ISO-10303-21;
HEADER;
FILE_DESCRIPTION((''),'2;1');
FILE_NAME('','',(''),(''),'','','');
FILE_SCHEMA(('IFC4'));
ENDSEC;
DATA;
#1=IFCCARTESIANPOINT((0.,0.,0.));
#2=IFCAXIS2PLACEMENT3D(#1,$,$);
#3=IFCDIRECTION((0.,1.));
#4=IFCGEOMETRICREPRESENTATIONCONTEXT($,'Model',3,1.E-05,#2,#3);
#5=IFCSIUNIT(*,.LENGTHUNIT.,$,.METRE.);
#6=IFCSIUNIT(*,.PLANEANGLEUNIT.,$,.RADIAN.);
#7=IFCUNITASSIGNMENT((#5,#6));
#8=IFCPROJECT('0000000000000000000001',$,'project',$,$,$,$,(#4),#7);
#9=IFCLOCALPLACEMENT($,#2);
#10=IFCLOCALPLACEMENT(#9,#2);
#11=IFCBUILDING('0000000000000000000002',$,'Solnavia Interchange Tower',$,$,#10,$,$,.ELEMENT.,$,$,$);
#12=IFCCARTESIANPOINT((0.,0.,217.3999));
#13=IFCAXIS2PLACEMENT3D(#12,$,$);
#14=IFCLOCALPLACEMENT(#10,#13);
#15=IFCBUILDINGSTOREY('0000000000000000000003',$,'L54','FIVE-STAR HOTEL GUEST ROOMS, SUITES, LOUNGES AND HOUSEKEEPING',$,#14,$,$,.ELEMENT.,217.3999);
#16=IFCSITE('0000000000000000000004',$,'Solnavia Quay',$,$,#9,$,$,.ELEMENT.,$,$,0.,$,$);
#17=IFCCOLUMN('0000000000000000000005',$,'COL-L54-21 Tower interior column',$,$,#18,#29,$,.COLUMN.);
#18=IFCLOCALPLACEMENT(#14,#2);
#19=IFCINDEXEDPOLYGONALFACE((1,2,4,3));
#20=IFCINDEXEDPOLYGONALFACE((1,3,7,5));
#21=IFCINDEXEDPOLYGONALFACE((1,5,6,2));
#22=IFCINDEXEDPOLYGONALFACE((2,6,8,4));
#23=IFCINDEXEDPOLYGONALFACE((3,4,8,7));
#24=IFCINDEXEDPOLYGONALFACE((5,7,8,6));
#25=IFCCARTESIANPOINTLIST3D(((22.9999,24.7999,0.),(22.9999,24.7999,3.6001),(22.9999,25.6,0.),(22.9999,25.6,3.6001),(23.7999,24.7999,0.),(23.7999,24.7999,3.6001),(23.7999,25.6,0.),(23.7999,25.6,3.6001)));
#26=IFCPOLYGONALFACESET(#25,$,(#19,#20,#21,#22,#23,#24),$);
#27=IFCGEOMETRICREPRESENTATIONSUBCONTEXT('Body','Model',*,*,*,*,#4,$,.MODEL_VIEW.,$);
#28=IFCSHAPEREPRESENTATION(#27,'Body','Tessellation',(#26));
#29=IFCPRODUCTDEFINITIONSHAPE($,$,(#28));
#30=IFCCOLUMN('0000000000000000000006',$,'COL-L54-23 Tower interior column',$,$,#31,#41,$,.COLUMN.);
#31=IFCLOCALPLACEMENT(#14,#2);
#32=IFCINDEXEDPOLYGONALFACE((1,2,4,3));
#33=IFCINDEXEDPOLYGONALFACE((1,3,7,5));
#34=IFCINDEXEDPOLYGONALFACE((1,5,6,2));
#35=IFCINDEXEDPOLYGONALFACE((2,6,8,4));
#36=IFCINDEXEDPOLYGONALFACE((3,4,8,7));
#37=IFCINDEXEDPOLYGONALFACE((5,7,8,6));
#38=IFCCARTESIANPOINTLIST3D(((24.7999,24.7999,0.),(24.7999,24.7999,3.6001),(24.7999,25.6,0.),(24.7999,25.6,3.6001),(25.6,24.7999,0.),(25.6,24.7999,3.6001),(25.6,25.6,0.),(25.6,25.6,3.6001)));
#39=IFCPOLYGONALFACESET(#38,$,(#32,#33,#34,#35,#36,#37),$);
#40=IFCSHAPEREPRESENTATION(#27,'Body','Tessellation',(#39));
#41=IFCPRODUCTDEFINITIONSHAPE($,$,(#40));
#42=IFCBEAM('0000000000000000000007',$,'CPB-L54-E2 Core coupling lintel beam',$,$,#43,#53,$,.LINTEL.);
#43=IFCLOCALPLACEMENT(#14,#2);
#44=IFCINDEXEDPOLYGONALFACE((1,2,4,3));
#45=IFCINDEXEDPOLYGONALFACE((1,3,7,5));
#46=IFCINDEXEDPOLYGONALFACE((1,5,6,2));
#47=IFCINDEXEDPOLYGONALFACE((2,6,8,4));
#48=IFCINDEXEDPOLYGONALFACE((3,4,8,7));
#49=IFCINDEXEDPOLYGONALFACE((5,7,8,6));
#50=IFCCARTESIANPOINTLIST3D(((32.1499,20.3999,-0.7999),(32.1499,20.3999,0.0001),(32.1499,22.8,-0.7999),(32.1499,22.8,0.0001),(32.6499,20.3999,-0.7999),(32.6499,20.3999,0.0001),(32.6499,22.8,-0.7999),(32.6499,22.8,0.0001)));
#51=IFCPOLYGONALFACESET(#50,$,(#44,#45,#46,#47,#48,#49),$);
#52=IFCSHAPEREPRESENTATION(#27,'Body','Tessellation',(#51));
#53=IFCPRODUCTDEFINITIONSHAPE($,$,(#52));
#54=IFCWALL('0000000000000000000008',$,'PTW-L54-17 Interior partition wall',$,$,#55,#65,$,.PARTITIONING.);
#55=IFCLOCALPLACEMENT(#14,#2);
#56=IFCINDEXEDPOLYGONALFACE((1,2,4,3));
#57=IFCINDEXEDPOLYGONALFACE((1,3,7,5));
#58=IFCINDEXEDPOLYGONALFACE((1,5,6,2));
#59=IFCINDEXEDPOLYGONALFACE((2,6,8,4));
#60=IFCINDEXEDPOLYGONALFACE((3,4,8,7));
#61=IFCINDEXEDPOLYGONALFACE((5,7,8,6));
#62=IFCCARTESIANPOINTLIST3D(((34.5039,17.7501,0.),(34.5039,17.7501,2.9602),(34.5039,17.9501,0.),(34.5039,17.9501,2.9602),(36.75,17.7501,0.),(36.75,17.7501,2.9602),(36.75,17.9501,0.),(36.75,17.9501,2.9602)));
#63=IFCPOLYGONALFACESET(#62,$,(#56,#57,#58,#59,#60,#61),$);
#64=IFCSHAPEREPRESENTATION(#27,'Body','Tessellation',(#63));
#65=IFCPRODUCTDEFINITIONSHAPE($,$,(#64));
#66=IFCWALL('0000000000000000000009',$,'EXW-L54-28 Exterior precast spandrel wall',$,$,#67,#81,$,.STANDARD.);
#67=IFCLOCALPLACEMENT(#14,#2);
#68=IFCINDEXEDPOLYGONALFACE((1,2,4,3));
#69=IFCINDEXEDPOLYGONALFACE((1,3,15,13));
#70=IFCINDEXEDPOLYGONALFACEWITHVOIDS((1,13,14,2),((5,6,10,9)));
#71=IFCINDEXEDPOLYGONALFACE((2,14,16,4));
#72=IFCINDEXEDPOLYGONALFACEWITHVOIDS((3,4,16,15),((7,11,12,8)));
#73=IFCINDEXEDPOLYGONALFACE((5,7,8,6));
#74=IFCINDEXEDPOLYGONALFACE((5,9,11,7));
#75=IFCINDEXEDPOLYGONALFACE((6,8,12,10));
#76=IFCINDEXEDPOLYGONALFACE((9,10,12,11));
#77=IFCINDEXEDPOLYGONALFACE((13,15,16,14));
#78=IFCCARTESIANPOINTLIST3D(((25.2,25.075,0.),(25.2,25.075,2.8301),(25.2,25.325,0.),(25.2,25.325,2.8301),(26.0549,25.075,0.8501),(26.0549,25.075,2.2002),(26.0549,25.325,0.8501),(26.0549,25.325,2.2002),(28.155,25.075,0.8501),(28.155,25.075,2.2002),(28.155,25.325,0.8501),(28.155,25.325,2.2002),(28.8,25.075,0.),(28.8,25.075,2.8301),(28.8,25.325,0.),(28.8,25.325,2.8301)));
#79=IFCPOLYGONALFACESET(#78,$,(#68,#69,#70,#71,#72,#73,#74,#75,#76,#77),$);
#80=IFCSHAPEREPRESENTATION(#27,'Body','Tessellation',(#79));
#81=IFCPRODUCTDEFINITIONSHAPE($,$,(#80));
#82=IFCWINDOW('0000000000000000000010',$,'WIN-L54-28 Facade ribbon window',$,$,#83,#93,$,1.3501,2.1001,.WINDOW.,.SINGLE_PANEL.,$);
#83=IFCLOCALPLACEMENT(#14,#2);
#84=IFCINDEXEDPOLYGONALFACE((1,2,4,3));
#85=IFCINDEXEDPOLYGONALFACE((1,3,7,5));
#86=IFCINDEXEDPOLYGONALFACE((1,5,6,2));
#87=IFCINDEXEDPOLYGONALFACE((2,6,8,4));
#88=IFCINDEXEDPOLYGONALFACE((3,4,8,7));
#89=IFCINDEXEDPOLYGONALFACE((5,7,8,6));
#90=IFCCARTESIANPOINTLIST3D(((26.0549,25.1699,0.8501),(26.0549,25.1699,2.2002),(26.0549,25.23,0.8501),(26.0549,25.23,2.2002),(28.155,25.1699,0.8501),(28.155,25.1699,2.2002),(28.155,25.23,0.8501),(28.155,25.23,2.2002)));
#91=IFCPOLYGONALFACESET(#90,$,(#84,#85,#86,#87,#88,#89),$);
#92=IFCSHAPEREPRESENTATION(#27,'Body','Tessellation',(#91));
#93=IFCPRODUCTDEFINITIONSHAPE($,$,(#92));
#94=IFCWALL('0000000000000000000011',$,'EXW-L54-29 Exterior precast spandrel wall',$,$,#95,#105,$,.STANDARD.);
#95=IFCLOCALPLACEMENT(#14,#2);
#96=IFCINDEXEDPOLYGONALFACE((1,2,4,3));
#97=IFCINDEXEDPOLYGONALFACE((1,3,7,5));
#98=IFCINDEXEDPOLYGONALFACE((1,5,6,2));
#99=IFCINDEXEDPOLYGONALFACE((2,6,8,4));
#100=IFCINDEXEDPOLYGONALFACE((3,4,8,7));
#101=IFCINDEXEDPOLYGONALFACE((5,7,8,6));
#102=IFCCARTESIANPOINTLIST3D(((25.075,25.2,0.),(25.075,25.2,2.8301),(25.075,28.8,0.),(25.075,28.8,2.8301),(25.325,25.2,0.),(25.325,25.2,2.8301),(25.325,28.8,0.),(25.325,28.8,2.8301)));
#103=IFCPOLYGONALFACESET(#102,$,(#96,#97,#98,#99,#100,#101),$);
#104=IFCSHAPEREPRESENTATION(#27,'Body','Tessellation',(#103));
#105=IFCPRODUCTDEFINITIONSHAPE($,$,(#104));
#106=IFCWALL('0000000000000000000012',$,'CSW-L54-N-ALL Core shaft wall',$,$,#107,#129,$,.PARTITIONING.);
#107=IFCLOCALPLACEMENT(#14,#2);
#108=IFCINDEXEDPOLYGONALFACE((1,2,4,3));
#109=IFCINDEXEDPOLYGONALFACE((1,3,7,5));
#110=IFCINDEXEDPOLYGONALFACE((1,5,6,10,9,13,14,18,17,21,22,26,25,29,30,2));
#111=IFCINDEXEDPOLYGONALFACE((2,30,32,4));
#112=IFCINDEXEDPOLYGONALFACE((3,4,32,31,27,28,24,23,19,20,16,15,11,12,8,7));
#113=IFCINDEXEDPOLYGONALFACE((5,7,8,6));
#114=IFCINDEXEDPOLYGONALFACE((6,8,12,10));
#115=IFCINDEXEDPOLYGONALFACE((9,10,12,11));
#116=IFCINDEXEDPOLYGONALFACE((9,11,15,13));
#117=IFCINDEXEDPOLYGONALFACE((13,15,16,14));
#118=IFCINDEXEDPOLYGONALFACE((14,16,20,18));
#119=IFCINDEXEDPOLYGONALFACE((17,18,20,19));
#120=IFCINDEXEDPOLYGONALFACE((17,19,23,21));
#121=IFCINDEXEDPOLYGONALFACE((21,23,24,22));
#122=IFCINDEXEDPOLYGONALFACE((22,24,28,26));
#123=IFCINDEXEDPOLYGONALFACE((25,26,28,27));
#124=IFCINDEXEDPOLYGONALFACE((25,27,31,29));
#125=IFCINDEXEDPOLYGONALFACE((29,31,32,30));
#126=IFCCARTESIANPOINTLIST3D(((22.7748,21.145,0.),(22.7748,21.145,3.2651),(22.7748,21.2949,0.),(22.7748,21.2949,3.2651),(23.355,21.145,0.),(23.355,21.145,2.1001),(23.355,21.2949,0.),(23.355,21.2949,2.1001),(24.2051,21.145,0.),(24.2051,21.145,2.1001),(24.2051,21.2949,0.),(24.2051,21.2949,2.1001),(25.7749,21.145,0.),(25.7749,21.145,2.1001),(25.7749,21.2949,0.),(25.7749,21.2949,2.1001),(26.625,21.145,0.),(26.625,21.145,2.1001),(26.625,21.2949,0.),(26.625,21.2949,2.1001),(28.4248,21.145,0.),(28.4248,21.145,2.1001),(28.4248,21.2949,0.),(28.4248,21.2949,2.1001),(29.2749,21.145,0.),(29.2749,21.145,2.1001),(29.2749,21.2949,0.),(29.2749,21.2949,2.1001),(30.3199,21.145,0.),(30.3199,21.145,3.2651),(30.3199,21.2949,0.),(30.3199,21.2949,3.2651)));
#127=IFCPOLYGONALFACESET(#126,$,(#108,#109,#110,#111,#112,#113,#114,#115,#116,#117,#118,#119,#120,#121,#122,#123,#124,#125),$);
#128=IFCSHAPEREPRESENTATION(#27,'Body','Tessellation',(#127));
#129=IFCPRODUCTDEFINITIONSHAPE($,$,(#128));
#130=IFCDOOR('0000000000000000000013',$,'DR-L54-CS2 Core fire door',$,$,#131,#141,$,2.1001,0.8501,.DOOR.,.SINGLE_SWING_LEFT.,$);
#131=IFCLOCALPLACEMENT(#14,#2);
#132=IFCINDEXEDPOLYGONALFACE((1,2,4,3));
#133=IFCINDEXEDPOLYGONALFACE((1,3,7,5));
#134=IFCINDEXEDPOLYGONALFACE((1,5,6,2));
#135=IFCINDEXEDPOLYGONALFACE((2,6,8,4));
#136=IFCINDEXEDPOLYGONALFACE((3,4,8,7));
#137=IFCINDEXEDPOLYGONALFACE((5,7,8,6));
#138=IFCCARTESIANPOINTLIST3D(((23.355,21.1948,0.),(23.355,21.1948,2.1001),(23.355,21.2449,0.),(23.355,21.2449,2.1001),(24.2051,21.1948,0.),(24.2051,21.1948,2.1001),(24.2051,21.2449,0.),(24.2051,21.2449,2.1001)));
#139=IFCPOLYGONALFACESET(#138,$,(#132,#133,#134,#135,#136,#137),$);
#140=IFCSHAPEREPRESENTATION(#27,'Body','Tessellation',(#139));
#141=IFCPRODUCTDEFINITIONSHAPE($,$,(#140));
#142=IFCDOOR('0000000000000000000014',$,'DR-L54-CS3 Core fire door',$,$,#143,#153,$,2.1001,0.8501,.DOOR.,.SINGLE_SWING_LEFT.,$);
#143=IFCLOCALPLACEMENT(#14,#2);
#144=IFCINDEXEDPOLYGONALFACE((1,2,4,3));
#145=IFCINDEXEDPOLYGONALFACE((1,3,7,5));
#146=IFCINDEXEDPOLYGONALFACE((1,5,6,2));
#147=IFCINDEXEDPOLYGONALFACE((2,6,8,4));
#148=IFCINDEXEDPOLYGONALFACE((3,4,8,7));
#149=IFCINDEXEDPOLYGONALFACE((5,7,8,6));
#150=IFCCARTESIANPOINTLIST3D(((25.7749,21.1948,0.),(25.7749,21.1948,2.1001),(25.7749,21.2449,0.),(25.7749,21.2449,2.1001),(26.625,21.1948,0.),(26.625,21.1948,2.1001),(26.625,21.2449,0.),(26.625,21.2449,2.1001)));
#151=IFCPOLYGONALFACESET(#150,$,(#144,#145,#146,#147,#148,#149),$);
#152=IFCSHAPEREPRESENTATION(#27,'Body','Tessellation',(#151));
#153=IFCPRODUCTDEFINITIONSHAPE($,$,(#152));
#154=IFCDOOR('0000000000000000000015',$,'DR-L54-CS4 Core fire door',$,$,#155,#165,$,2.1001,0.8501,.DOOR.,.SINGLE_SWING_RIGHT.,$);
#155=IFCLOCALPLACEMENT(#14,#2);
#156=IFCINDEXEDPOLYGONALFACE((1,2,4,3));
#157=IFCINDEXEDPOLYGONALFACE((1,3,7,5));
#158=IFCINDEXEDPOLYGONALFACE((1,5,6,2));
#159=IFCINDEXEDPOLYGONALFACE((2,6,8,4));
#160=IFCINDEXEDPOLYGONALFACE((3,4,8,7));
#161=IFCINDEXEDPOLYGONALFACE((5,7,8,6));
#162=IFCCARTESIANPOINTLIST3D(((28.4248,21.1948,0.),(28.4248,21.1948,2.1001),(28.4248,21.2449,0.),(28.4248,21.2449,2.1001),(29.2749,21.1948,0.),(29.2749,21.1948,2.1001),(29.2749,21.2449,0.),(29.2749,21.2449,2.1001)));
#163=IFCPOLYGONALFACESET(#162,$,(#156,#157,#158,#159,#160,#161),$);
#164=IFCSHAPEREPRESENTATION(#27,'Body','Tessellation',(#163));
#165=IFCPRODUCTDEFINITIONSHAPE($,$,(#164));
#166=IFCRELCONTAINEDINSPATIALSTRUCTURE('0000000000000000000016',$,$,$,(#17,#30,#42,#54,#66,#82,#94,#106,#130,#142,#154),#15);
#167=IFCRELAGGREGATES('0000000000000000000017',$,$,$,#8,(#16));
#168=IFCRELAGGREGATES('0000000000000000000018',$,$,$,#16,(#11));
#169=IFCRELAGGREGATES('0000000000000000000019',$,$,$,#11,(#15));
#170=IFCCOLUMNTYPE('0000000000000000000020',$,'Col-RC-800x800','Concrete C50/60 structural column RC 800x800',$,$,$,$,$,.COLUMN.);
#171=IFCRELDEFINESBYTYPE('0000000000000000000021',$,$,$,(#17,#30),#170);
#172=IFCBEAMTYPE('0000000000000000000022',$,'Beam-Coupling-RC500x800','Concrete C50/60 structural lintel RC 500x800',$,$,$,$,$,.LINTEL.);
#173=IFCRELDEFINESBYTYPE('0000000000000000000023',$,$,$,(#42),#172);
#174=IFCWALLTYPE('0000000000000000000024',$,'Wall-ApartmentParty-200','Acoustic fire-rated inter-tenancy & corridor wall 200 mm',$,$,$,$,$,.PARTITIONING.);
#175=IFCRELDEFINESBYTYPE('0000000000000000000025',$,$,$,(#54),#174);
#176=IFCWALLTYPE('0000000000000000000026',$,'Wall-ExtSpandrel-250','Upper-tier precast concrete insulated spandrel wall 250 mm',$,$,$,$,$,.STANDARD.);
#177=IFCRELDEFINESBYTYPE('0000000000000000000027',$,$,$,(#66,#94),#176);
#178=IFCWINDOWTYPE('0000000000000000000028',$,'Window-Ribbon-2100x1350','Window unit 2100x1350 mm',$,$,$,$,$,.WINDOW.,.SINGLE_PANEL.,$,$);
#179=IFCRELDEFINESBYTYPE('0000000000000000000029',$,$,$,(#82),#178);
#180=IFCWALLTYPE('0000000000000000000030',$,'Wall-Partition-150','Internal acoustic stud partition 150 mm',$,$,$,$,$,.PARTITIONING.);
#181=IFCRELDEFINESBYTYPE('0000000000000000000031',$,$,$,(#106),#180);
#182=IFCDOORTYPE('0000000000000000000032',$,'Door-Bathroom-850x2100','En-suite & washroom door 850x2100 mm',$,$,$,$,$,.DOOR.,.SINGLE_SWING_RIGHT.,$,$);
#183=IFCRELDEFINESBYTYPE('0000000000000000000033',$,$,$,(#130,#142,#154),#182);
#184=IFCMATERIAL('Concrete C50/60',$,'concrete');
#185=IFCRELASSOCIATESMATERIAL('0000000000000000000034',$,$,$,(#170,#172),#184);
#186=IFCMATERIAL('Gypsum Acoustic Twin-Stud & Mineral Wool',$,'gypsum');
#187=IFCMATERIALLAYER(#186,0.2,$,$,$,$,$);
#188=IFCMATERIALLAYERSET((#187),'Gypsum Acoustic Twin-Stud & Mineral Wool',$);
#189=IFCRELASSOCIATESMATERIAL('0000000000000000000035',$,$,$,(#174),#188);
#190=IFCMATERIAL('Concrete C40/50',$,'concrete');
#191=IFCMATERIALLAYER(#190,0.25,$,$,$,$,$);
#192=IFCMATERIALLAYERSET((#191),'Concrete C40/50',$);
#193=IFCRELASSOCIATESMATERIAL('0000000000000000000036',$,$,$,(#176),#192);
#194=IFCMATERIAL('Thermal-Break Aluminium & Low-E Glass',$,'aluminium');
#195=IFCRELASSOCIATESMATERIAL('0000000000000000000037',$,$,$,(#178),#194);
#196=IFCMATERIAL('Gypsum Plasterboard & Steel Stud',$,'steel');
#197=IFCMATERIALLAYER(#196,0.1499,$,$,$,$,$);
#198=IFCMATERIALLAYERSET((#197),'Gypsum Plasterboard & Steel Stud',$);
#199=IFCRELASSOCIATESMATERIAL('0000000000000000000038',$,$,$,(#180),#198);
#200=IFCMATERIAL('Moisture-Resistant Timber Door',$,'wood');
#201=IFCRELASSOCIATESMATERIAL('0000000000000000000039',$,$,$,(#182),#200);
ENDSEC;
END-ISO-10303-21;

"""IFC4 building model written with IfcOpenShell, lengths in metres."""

from ifc_helpers import new_model, si_unit, direction, frame, frame_2d, origin, origin_2d, place, context, subcontext, project, spatial, rectangle, extrude, material, layer, layer_set, material_profile, profile_set, type_object, element, fill, save


model = new_model("IFC4")

# Units and contexts
model_context = context("Model", 3, precision=1e-05, world=origin(), true_north=direction((0.0, 1.0)))
body_context = subcontext(model_context, "Body", "Model", "MODEL_VIEW")
ifc_project = project(units=[si_unit("LENGTHUNIT", "METRE"), si_unit("PLANEANGLEUNIT", "RADIAN")], contexts=[model_context])

# Site, building, storey
site_placement = place(None, origin())
site = spatial("IfcSite", under=ifc_project, at=site_placement, Name="Solnavia Quay", CompositionType="ELEMENT", RefElevation=0.0)
building_placement = place(site_placement, origin())
building = spatial("IfcBuilding", under=site, at=building_placement, Name="Solnavia Interchange Tower", CompositionType="ELEMENT")
storey_placement = place(building_placement, frame((0.0, 0.0, 217.3999)))
storey = spatial("IfcBuildingStorey", under=building, at=storey_placement, Name="L54", Description="FIVE-STAR HOTEL GUEST ROOMS, SUITES, LOUNGES AND HOUSEKEEPING", CompositionType="ELEMENT", Elevation=217.3999)

# Columns
ifc_material_1 = material(Name="Concrete C50/60", Category="concrete")
ifc_material_profile_1 = material_profile(ifc_material_1, rectangle(XDim=0.8, YDim=0.8, at=origin_2d()), Name="RC 800x800")
ifc_profile_set_1 = profile_set([ifc_material_profile_1], Name="Concrete C50/60")
column_type = type_object("IfcColumnType", Name="Col-RC-800x800", Description="Concrete C50/60 structural column RC 800x800", PredefinedType="COLUMN", material=ifc_profile_set_1)
for number, where, z_axis, x_axis, name in (
    (1, (23.3999, 25.2, 0.0), (0.0, 0.0, 1.0), (1.0, 0.0, 0.0), "COL-L54-21 Tower interior column"),
    (2, (25.2, 25.2, 0.0), (0.0, 0.0, 1.0), (1.0, 0.0, 0.0), "COL-L54-23 Tower interior column"),
):
    element("IfcColumn", number, at=place(storey_placement, frame(where, z_axis=z_axis, x_axis=x_axis)), inside=storey, type_object=column_type, Name=name, PredefinedType="COLUMN", context=body_context, shape_type="SweptSolid", body=[
        extrude(rectangle(XDim=0.8, YDim=0.8, at=origin_2d()), origin(), (0.0, 0.0, 1.0), 3.6001),
    ])

# Beam
ifc_material_profile_2 = material_profile(ifc_material_1, rectangle(XDim=0.5, YDim=0.8, at=origin_2d()), Name="RC 500x800")
ifc_profile_set_2 = profile_set([ifc_material_profile_2], Name="Concrete C50/60")
beam_type = type_object("IfcBeamType", Name="Beam-Coupling-RC500x800", Description="Concrete C50/60 structural lintel RC 500x800", PredefinedType="LINTEL", material=ifc_profile_set_2)
beam_placement = place(storey_placement, frame((32.3999, 20.3999, -0.3999), z_axis=(0.0, 1.0, 0.0), x_axis=(-1.0, 0.0, 0.0)))
element("IfcBeam", 3, at=beam_placement, inside=storey, type_object=beam_type, Name="CPB-L54-E2 Core coupling lintel beam", PredefinedType="LINTEL", context=body_context, shape_type="SweptSolid", body=[
    extrude(rectangle(XDim=0.5, YDim=0.8, at=origin_2d()), origin(), (0.0, 0.0, 1.0), 2.4001),
])

# Wall
ifc_material_2 = material(Name="Gypsum Acoustic Twin-Stud & Mineral Wool", Category="gypsum")
ifc_layer_1 = layer(ifc_material_2, 0.2)
ifc_layer_set_1 = layer_set([ifc_layer_1], Name="Gypsum Acoustic Twin-Stud & Mineral Wool")
wall_type_1 = type_object("IfcWallType", Name="Wall-ApartmentParty-200", Description="Acoustic fire-rated inter-tenancy & corridor wall 200 mm", PredefinedType="PARTITIONING", material=ifc_layer_set_1)
wall_1_placement = place(storey_placement, frame((34.5039, 17.8501, 0.0), z_axis=(0.0, 0.0, 1.0), x_axis=(1.0, 0.0, 0.0)))
element("IfcWall", 4, at=wall_1_placement, inside=storey, type_object=wall_type_1, Name="PTW-L54-17 Interior partition wall", PredefinedType="PARTITIONING", context=body_context, shape_type="SweptSolid", body=[
    extrude(rectangle(XDim=2.2461, YDim=0.2, at=frame_2d((1.123, 0.0))), origin(), (0.0, 0.0, 1.0), 2.9602),
])

# Wall, opening, window
ifc_material_3 = material(Name="Concrete C40/50", Category="concrete")
ifc_layer_2 = layer(ifc_material_3, 0.25)
ifc_layer_set_2 = layer_set([ifc_layer_2], Name="Concrete C40/50")
wall_type_2 = type_object("IfcWallType", Name="Wall-ExtSpandrel-250", Description="Upper-tier precast concrete insulated spandrel wall 250 mm", PredefinedType="STANDARD", material=ifc_layer_set_2)
wall_2_placement = place(storey_placement, frame((25.2, 25.2, 0.0), z_axis=(0.0, 0.0, 1.0), x_axis=(1.0, 0.0, 0.0)))
wall_2 = element("IfcWall", 5, at=wall_2_placement, inside=storey, type_object=wall_type_2, Name="EXW-L54-28 Exterior precast spandrel wall", PredefinedType="STANDARD", context=body_context, shape_type="SweptSolid", body=[
    extrude(rectangle(XDim=3.6001, YDim=0.25, at=frame_2d((1.8, 0.0))), origin(), (0.0, 0.0, 1.0), 2.8301),
])
opening_1_placement = place(wall_2_placement, frame((0.855, 0.0, 0.8501)))
opening_1 = element("IfcOpeningElement", 6, at=opening_1_placement, cuts=wall_2, PredefinedType="OPENING", context=body_context, shape_type="SweptSolid", body=[
    extrude(rectangle(XDim=2.1001, YDim=1.3501, at=frame_2d((1.05, 0.675))), frame((0.0, 0.135, 0.0), z_axis=(0.0, -1.0, 0.0), x_axis=(1.0, 0.0, 0.0)), (0.0, 0.0, 1.0), 0.27),
])
ifc_material_4 = material(Name="Thermal-Break Aluminium & Low-E Glass", Category="aluminium")
window_type = type_object("IfcWindowType", Name="Window-Ribbon-2100x1350", Description="Window unit 2100x1350 mm", PartitioningType="SINGLE_PANEL", PredefinedType="WINDOW", material=ifc_material_4)
window_placement = place(opening_1_placement, origin())
window = element("IfcWindow", 7, at=window_placement, inside=storey, type_object=window_type, Name="WIN-L54-28 Facade ribbon window", OverallHeight=1.3501, OverallWidth=2.1001, PartitioningType="SINGLE_PANEL", PredefinedType="WINDOW", context=body_context, shape_type="SweptSolid", body=[
    extrude(rectangle(XDim=2.1001, YDim=1.3501, at=frame_2d((1.05, 0.675))), frame((0.0, 0.03, 0.0), z_axis=(0.0, -1.0, 0.0), x_axis=(1.0, 0.0, 0.0)), (0.0, 0.0, 1.0), 0.0601),
])
fill(opening_1, window)

# Wall
wall_3_placement = place(storey_placement, frame((25.2, 25.2, 0.0), z_axis=(0.0, 0.0, 1.0), x_axis=(0.0, 1.0, 0.0)))
element("IfcWall", 8, at=wall_3_placement, inside=storey, type_object=wall_type_2, Name="EXW-L54-29 Exterior precast spandrel wall", PredefinedType="STANDARD", context=body_context, shape_type="SweptSolid", body=[
    extrude(rectangle(XDim=3.6001, YDim=0.25, at=frame_2d((1.8, 0.0))), origin(), (0.0, 0.0, 1.0), 2.8301),
])

# Wall, openings, doors
ifc_material_5 = material(Name="Gypsum Plasterboard & Steel Stud", Category="steel")
ifc_layer_3 = layer(ifc_material_5, 0.1499)
ifc_layer_set_3 = layer_set([ifc_layer_3], Name="Gypsum Plasterboard & Steel Stud")
wall_type_3 = type_object("IfcWallType", Name="Wall-Partition-150", Description="Internal acoustic stud partition 150 mm", PredefinedType="PARTITIONING", material=ifc_layer_set_3)
wall_4_placement = place(storey_placement, frame((22.7749, 21.22, 0.0), z_axis=(0.0, 0.0, 1.0), x_axis=(1.0, 0.0, 0.0)))
wall_4 = element("IfcWall", 9, at=wall_4_placement, inside=storey, type_object=wall_type_3, Name="CSW-L54-N-ALL Core shaft wall", PredefinedType="PARTITIONING", context=body_context, shape_type="SweptSolid", body=[
    extrude(rectangle(XDim=7.5452, YDim=0.1499, at=frame_2d((3.7725, 0.0))), origin(), (0.0, 0.0, 1.0), 3.2651),
])
opening_2_placement = place(wall_4_placement, frame((0.5801, 0.0, 0.0)))
opening_2 = element("IfcOpeningElement", 10, at=opening_2_placement, cuts=wall_4, PredefinedType="OPENING", context=body_context, shape_type="SweptSolid", body=[
    extrude(rectangle(XDim=0.8501, YDim=2.1001, at=frame_2d((0.425, 1.05))), frame((0.0, 0.085, 0.0), z_axis=(0.0, -1.0, 0.0), x_axis=(1.0, 0.0, 0.0)), (0.0, 0.0, 1.0), 0.1699),
])
opening_3_placement = place(wall_4_placement, frame((3.0, 0.0, 0.0)))
opening_3 = element("IfcOpeningElement", 11, at=opening_3_placement, cuts=wall_4, PredefinedType="OPENING", context=body_context, shape_type="SweptSolid", body=[
    extrude(rectangle(XDim=0.8501, YDim=2.1001, at=frame_2d((0.425, 1.05))), frame((0.0, 0.085, 0.0), z_axis=(0.0, -1.0, 0.0), x_axis=(1.0, 0.0, 0.0)), (0.0, 0.0, 1.0), 0.1699),
])
opening_4_placement = place(wall_4_placement, frame((5.6499, 0.0, 0.0)))
opening_4 = element("IfcOpeningElement", 12, at=opening_4_placement, cuts=wall_4, PredefinedType="OPENING", context=body_context, shape_type="SweptSolid", body=[
    extrude(rectangle(XDim=0.8501, YDim=2.1001, at=frame_2d((0.425, 1.05))), frame((0.0, 0.085, 0.0), z_axis=(0.0, -1.0, 0.0), x_axis=(1.0, 0.0, 0.0)), (0.0, 0.0, 1.0), 0.1699),
])
ifc_material_6 = material(Name="Moisture-Resistant Timber Door", Category="wood")
door_type_1 = type_object("IfcDoorType", Name="Door-Bathroom-850x2100", Description="En-suite & washroom door 850x2100 mm", OperationType="SINGLE_SWING_RIGHT", PredefinedType="DOOR", material=ifc_material_6)
door_1_placement = place(opening_2_placement, origin())
door_1 = element("IfcDoor", 13, at=door_1_placement, inside=storey, type_object=door_type_1, Name="DR-L54-CS2 Core fire door", OperationType="SINGLE_SWING_LEFT", OverallHeight=2.1001, OverallWidth=0.8501, PredefinedType="DOOR", context=body_context, shape_type="SweptSolid", body=[
    extrude(rectangle(XDim=0.8501, YDim=2.1001, at=frame_2d((0.425, 1.05))), frame((0.0, 0.0249, 0.0), z_axis=(0.0, -1.0, 0.0), x_axis=(1.0, 0.0, 0.0)), (0.0, 0.0, 1.0), 0.05),
])
fill(opening_2, door_1)
door_2_placement = place(opening_3_placement, origin())
door_2 = element("IfcDoor", 14, at=door_2_placement, inside=storey, type_object=door_type_1, Name="DR-L54-CS3 Core fire door", OperationType="SINGLE_SWING_LEFT", OverallHeight=2.1001, OverallWidth=0.8501, PredefinedType="DOOR", context=body_context, shape_type="SweptSolid", body=[
    extrude(rectangle(XDim=0.8501, YDim=2.1001, at=frame_2d((0.425, 1.05))), frame((0.0, 0.0249, 0.0), z_axis=(0.0, -1.0, 0.0), x_axis=(1.0, 0.0, 0.0)), (0.0, 0.0, 1.0), 0.05),
])
fill(opening_3, door_2)
door_3_placement = place(opening_4_placement, origin())
door_3 = element("IfcDoor", 15, at=door_3_placement, inside=storey, type_object=door_type_1, Name="DR-L54-CS4 Core fire door", OperationType="SINGLE_SWING_RIGHT", OverallHeight=2.1001, OverallWidth=0.8501, PredefinedType="DOOR", context=body_context, shape_type="SweptSolid", body=[
    extrude(rectangle(XDim=0.8501, YDim=2.1001, at=frame_2d((0.425, 1.05))), frame((0.0, 0.0249, 0.0), z_axis=(0.0, -1.0, 0.0), x_axis=(1.0, 0.0, 0.0)), (0.0, 0.0, 1.0), 0.05),
])
fill(opening_4, door_3)

save(model, "model.ifc")
